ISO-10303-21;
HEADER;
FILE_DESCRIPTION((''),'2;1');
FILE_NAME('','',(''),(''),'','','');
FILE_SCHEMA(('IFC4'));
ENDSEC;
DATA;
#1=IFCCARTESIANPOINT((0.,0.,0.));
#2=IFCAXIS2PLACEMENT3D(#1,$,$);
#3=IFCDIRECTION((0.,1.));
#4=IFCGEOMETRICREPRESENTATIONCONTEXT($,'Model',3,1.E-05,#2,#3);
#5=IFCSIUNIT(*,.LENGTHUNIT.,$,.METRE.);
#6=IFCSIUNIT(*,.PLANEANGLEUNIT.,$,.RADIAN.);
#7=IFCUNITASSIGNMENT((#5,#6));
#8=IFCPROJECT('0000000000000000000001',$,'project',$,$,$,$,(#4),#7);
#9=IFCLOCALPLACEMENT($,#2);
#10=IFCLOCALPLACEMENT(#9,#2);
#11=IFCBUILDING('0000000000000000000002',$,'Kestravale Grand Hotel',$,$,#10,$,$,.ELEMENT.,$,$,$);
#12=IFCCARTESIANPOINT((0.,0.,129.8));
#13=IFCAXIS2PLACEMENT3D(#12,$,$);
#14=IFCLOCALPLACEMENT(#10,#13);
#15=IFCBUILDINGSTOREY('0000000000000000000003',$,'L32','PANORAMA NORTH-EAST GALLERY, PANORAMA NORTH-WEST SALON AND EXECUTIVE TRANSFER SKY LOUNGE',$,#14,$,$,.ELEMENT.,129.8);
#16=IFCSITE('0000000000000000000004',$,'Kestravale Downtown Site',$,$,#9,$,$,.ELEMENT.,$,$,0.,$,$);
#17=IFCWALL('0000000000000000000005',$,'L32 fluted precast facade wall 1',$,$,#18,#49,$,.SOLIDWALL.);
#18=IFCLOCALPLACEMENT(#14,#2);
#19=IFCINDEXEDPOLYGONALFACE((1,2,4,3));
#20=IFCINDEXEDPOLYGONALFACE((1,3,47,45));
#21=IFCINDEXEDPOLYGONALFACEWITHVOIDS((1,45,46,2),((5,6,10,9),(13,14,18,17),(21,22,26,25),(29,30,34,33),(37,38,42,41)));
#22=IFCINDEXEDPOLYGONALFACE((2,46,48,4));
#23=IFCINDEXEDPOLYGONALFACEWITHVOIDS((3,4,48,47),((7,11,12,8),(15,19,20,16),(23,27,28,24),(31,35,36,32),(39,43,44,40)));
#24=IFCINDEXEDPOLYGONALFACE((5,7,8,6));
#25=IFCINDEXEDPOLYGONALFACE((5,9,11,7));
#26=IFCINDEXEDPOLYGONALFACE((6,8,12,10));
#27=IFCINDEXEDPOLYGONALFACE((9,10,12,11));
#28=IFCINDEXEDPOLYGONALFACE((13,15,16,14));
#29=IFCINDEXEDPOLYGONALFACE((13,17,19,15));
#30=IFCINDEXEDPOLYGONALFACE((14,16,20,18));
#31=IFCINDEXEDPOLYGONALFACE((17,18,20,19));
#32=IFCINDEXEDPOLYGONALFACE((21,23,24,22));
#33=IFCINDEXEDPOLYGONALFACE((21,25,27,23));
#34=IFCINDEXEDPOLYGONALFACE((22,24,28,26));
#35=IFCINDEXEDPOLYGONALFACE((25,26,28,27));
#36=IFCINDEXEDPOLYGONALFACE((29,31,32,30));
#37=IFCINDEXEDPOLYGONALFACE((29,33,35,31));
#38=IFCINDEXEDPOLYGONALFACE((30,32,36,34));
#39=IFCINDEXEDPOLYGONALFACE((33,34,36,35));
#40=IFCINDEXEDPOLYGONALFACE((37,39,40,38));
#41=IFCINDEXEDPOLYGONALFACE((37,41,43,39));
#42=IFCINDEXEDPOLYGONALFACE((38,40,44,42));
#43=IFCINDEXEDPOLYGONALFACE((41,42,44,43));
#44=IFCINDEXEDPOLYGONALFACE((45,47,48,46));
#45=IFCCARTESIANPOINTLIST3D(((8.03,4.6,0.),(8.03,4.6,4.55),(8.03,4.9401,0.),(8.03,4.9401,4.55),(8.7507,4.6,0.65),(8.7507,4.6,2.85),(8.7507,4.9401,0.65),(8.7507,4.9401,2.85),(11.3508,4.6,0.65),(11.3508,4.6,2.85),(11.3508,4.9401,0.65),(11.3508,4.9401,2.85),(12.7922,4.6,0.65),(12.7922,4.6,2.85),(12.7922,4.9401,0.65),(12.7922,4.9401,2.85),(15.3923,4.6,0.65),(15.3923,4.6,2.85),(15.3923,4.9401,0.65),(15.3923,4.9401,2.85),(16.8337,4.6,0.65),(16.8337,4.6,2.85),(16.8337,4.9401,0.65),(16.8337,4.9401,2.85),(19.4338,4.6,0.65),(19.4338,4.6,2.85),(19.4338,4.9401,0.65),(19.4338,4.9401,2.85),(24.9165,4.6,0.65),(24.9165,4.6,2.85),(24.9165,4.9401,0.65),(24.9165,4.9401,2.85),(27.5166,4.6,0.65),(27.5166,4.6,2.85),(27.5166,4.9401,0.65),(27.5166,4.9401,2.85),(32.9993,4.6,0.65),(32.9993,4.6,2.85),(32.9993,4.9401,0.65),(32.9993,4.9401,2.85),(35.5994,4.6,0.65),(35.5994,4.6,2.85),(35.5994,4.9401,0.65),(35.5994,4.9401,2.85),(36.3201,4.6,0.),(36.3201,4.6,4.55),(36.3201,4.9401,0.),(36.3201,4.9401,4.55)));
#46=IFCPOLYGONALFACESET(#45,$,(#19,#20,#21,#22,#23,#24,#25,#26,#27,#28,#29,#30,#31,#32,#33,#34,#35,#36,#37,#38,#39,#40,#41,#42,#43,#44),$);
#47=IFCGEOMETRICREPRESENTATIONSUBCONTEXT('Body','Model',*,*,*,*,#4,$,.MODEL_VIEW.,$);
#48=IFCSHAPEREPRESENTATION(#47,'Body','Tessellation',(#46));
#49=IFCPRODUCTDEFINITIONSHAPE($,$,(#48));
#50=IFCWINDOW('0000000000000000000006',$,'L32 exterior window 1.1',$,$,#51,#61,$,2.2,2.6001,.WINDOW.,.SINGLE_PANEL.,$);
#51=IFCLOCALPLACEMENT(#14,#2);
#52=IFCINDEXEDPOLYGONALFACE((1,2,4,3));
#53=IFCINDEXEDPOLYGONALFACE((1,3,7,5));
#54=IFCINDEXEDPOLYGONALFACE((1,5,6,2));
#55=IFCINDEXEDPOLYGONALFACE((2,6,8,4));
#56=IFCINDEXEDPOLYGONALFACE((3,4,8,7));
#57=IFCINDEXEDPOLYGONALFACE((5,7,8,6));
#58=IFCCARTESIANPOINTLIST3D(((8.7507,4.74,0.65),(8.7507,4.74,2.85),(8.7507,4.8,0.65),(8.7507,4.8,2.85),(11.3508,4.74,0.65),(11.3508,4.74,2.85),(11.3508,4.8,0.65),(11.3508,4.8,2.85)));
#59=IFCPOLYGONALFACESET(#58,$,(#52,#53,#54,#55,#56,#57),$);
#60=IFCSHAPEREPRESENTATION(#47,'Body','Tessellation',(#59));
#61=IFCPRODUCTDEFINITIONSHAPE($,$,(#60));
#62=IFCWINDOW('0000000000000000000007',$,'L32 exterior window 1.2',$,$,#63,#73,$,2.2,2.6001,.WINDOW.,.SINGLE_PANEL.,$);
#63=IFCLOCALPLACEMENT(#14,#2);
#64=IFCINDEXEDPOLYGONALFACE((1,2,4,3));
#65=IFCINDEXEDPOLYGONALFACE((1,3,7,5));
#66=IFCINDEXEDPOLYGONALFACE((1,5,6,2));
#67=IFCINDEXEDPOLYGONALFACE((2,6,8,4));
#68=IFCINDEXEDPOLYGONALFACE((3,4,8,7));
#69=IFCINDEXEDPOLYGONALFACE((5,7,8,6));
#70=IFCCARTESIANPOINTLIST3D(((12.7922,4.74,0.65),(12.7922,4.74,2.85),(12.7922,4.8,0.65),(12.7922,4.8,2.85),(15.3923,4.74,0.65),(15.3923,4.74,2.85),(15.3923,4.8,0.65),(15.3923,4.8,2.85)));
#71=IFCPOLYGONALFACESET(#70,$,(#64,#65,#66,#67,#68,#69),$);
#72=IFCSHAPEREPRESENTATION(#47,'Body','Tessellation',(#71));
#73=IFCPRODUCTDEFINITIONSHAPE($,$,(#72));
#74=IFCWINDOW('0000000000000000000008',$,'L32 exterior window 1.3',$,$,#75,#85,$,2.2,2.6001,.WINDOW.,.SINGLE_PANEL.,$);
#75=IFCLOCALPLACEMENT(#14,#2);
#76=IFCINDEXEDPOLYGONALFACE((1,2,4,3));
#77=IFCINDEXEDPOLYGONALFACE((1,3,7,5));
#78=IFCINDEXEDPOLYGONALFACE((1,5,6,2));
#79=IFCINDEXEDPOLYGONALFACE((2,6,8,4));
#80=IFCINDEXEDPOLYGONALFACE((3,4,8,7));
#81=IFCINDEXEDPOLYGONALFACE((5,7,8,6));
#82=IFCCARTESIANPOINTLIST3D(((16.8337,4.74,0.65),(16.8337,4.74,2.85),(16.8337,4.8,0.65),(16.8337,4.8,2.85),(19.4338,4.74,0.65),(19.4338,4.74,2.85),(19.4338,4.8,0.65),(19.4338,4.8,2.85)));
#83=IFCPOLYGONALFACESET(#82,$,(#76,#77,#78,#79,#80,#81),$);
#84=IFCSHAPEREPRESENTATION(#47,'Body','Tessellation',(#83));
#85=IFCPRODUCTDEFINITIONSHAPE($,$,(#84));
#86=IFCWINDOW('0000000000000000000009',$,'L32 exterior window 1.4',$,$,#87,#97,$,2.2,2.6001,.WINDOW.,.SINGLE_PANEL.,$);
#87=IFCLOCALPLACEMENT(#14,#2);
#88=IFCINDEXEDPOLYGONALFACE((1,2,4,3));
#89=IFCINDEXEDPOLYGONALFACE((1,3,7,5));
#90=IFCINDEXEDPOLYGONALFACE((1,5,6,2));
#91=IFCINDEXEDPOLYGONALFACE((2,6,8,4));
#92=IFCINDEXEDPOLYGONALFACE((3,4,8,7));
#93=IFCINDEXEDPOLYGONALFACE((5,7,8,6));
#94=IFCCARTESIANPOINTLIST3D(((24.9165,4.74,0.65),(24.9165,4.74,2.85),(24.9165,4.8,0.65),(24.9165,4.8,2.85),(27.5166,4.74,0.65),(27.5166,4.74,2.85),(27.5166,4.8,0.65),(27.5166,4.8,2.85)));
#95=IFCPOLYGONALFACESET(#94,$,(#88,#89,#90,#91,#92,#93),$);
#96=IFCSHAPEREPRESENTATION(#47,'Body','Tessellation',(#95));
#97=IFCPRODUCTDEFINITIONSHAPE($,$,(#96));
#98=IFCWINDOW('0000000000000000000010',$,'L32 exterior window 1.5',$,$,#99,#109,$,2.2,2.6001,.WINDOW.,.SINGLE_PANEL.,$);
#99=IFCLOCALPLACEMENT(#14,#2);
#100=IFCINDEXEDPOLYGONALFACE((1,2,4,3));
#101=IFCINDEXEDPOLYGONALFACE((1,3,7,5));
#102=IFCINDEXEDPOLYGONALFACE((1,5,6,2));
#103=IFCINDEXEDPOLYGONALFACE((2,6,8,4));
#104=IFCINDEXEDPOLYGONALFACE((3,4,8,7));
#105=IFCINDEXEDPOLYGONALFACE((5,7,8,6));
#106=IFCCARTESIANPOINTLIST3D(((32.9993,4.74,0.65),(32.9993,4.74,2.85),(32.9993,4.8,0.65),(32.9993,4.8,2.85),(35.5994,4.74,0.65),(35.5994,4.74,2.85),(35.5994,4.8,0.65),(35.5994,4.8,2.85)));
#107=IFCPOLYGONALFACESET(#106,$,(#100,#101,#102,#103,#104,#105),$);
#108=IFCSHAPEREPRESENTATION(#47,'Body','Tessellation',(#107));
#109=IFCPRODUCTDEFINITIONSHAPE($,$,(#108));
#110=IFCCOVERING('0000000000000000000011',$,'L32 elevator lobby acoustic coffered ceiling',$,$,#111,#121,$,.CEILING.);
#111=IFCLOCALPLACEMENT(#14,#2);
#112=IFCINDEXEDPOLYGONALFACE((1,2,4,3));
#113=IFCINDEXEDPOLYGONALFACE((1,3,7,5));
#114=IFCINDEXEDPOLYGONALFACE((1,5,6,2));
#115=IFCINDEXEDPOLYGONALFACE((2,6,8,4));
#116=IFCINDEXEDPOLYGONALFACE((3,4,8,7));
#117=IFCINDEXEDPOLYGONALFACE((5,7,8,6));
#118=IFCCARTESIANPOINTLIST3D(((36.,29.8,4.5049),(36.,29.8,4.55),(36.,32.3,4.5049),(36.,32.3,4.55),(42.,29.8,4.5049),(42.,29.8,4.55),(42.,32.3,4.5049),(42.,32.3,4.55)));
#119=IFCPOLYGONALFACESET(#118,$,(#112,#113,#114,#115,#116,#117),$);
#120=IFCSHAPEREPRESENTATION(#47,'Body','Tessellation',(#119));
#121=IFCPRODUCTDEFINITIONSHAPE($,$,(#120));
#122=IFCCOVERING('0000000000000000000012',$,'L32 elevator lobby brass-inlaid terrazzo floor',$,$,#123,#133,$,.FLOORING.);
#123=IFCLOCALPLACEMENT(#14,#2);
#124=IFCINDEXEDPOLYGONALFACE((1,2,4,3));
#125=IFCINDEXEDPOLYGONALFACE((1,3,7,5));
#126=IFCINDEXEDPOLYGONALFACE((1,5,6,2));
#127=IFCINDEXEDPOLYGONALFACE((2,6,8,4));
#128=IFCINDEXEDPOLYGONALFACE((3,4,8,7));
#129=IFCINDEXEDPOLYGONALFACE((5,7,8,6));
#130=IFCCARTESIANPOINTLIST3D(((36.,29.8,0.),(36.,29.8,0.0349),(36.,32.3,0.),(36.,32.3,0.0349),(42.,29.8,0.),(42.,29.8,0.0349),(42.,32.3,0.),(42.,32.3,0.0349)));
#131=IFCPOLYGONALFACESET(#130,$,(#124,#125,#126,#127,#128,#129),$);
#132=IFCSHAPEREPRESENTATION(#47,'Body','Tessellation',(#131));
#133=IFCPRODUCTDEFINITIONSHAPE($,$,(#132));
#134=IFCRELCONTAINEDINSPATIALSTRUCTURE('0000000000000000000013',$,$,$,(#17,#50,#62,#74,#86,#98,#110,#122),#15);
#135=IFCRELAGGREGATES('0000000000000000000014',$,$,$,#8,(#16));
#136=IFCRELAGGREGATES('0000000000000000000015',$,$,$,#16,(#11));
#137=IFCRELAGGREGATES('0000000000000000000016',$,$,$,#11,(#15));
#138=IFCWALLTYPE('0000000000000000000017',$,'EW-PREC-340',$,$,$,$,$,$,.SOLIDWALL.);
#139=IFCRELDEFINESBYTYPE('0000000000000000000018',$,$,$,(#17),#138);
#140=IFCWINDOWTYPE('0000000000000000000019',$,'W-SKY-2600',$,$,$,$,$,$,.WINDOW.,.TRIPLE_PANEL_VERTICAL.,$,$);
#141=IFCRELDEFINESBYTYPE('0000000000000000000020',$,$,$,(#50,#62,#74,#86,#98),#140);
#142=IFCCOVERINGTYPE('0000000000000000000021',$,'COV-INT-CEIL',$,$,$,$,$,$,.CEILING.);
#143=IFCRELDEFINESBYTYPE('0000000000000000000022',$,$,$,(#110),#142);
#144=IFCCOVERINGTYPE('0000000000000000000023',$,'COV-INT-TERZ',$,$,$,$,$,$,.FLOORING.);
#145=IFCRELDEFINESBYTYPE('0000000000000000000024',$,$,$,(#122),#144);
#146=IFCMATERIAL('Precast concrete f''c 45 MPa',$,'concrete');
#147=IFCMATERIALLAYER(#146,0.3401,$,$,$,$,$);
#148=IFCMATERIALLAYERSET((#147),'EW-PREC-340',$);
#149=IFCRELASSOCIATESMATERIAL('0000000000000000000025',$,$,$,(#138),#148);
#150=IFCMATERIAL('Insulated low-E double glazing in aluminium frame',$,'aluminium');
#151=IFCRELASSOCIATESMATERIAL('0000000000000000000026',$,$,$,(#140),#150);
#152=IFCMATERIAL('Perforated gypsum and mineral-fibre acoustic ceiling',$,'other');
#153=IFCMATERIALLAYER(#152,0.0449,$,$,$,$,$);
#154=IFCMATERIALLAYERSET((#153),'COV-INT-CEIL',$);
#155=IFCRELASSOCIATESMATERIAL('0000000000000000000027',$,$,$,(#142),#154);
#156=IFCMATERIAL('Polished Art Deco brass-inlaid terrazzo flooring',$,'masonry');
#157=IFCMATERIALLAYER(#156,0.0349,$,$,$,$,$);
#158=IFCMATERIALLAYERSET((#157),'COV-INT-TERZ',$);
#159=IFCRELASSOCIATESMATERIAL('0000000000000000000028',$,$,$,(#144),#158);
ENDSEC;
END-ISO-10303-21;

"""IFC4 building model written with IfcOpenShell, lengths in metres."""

from ifc_helpers import new_model, si_unit, direction, frame, frame_2d, origin, place, context, subcontext, project, spatial, polyline, rectangle, outline, extrude, material, layer, layer_set, type_object, element, fill, save


model = new_model("IFC4")

# Units and contexts
model_context = context("Model", 3, precision=1e-05, world=origin(), true_north=direction((0.0, 1.0)))
body_context = subcontext(model_context, "Body", "Model", "MODEL_VIEW")
ifc_project = project(units=[si_unit("LENGTHUNIT", "METRE"), si_unit("PLANEANGLEUNIT", "RADIAN")], contexts=[model_context])

# Site, building, storey
site_placement = place(None, origin())
site = spatial("IfcSite", under=ifc_project, at=site_placement, Name="Kestravale Downtown Site", CompositionType="ELEMENT", RefElevation=0.0)
building_placement = place(site_placement, origin())
building = spatial("IfcBuilding", under=site, at=building_placement, Name="Kestravale Grand Hotel", CompositionType="ELEMENT")
storey_placement = place(building_placement, frame((0.0, 0.0, 129.8)))
storey = spatial("IfcBuildingStorey", under=building, at=storey_placement, Name="L32", Description="PANORAMA NORTH-EAST GALLERY, PANORAMA NORTH-WEST SALON AND EXECUTIVE TRANSFER SKY LOUNGE", CompositionType="ELEMENT", Elevation=129.8)

# Wall, openings, windows
ifc_material_1 = material(Name="Precast concrete f'c 45 MPa", Category="concrete")
ifc_layer_1 = layer(ifc_material_1, 0.3401)
ifc_layer_set_1 = layer_set([ifc_layer_1], Name="EW-PREC-340")
wall_type = type_object("IfcWallType", Name="EW-PREC-340", PredefinedType="SOLIDWALL", material=ifc_layer_set_1)
wall_placement = place(storey_placement, frame((8.03, 4.77, 0.0), z_axis=(0.0, 0.0, 1.0), x_axis=(1.0, 0.0, 0.0)))
wall = element("IfcWall", 1, at=wall_placement, inside=storey, type_object=wall_type, Name="L32 fluted precast facade wall 1", PredefinedType="SOLIDWALL", context=body_context, shape_type="SweptSolid", body=[
    extrude(rectangle(XDim=28.29, YDim=0.3401, at=frame_2d((14.145, 0.0))), origin(), (0.0, 0.0, 1.0), 4.55),
])
opening_1_placement = place(wall_placement, frame((0.7207, 0.0, 0.6499)))
opening_1 = element("IfcOpeningElement", 2, at=opening_1_placement, cuts=wall, PredefinedType="OPENING", context=body_context, shape_type="SweptSolid", body=[
    extrude(rectangle(XDim=2.6001, YDim=2.2, at=frame_2d((1.3, 1.1001))), frame((0.0, 0.1799, 0.0), z_axis=(0.0, -1.0, 0.0), x_axis=(1.0, 0.0, 0.0)), (0.0, 0.0, 1.0), 0.3601),
])
opening_2_placement = place(wall_placement, frame((4.7622, 0.0, 0.6499)))
opening_2 = element("IfcOpeningElement", 3, at=opening_2_placement, cuts=wall, PredefinedType="OPENING", context=body_context, shape_type="SweptSolid", body=[
    extrude(rectangle(XDim=2.6001, YDim=2.2, at=frame_2d((1.3, 1.1001))), frame((0.0, 0.1799, 0.0), z_axis=(0.0, -1.0, 0.0), x_axis=(1.0, 0.0, 0.0)), (0.0, 0.0, 1.0), 0.3601),
])
opening_3_placement = place(wall_placement, frame((8.8037, 0.0, 0.6499)))
opening_3 = element("IfcOpeningElement", 4, at=opening_3_placement, cuts=wall, PredefinedType="OPENING", context=body_context, shape_type="SweptSolid", body=[
    extrude(rectangle(XDim=2.6001, YDim=2.2, at=frame_2d((1.3, 1.1001))), frame((0.0, 0.1799, 0.0), z_axis=(0.0, -1.0, 0.0), x_axis=(1.0, 0.0, 0.0)), (0.0, 0.0, 1.0), 0.3601),
])
opening_4_placement = place(wall_placement, frame((16.8865, 0.0, 0.6499)))
opening_4 = element("IfcOpeningElement", 5, at=opening_4_placement, cuts=wall, PredefinedType="OPENING", context=body_context, shape_type="SweptSolid", body=[
    extrude(rectangle(XDim=2.6001, YDim=2.2, at=frame_2d((1.3, 1.1001))), frame((0.0, 0.1799, 0.0), z_axis=(0.0, -1.0, 0.0), x_axis=(1.0, 0.0, 0.0)), (0.0, 0.0, 1.0), 0.3601),
])
opening_5_placement = place(wall_placement, frame((24.9692, 0.0, 0.6499)))
opening_5 = element("IfcOpeningElement", 6, at=opening_5_placement, cuts=wall, PredefinedType="OPENING", context=body_context, shape_type="SweptSolid", body=[
    extrude(rectangle(XDim=2.6001, YDim=2.2, at=frame_2d((1.3, 1.1001))), frame((0.0, 0.1799, 0.0), z_axis=(0.0, -1.0, 0.0), x_axis=(1.0, 0.0, 0.0)), (0.0, 0.0, 1.0), 0.3601),
])
ifc_material_2 = material(Name="Insulated low-E double glazing in aluminium frame", Category="aluminium")
window_type = type_object("IfcWindowType", Name="W-SKY-2600", PartitioningType="TRIPLE_PANEL_VERTICAL", PredefinedType="WINDOW", material=ifc_material_2)
window_1_placement = place(opening_1_placement, origin())
window_1 = element("IfcWindow", 7, at=window_1_placement, inside=storey, type_object=window_type, Name="L32 exterior window 1.1", OverallHeight=2.2, OverallWidth=2.6001, PartitioningType="SINGLE_PANEL", PredefinedType="WINDOW", context=body_context, shape_type="SweptSolid", body=[
    extrude(rectangle(XDim=2.6001, YDim=2.2, at=frame_2d((1.3, 1.1001))), frame((0.0, 0.03, 0.0), z_axis=(0.0, -1.0, 0.0), x_axis=(1.0, 0.0, 0.0)), (0.0, 0.0, 1.0), 0.0601),
])
fill(opening_1, window_1)
window_2_placement = place(opening_2_placement, origin())
window_2 = element("IfcWindow", 8, at=window_2_placement, inside=storey, type_object=window_type, Name="L32 exterior window 1.2", OverallHeight=2.2, OverallWidth=2.6001, PartitioningType="SINGLE_PANEL", PredefinedType="WINDOW", context=body_context, shape_type="SweptSolid", body=[
    extrude(rectangle(XDim=2.6001, YDim=2.2, at=frame_2d((1.3, 1.1001))), frame((0.0, 0.03, 0.0), z_axis=(0.0, -1.0, 0.0), x_axis=(1.0, 0.0, 0.0)), (0.0, 0.0, 1.0), 0.0601),
])
fill(opening_2, window_2)
window_3_placement = place(opening_3_placement, origin())
window_3 = element("IfcWindow", 9, at=window_3_placement, inside=storey, type_object=window_type, Name="L32 exterior window 1.3", OverallHeight=2.2, OverallWidth=2.6001, PartitioningType="SINGLE_PANEL", PredefinedType="WINDOW", context=body_context, shape_type="SweptSolid", body=[
    extrude(rectangle(XDim=2.6001, YDim=2.2, at=frame_2d((1.3, 1.1001))), frame((0.0, 0.03, 0.0), z_axis=(0.0, -1.0, 0.0), x_axis=(1.0, 0.0, 0.0)), (0.0, 0.0, 1.0), 0.0601),
])
fill(opening_3, window_3)
window_4_placement = place(opening_4_placement, origin())
window_4 = element("IfcWindow", 10, at=window_4_placement, inside=storey, type_object=window_type, Name="L32 exterior window 1.4", OverallHeight=2.2, OverallWidth=2.6001, PartitioningType="SINGLE_PANEL", PredefinedType="WINDOW", context=body_context, shape_type="SweptSolid", body=[
    extrude(rectangle(XDim=2.6001, YDim=2.2, at=frame_2d((1.3, 1.1001))), frame((0.0, 0.03, 0.0), z_axis=(0.0, -1.0, 0.0), x_axis=(1.0, 0.0, 0.0)), (0.0, 0.0, 1.0), 0.0601),
])
fill(opening_4, window_4)
window_5_placement = place(opening_5_placement, origin())
window_5 = element("IfcWindow", 11, at=window_5_placement, inside=storey, type_object=window_type, Name="L32 exterior window 1.5", OverallHeight=2.2, OverallWidth=2.6001, PartitioningType="SINGLE_PANEL", PredefinedType="WINDOW", context=body_context, shape_type="SweptSolid", body=[
    extrude(rectangle(XDim=2.6001, YDim=2.2, at=frame_2d((1.3, 1.1001))), frame((0.0, 0.03, 0.0), z_axis=(0.0, -1.0, 0.0), x_axis=(1.0, 0.0, 0.0)), (0.0, 0.0, 1.0), 0.0601),
])
fill(opening_5, window_5)

# Coverings
ifc_material_3 = material(Name="Perforated gypsum and mineral-fibre acoustic ceiling", Category="other")
ifc_layer_2 = layer(ifc_material_3, 0.0449)
ifc_layer_set_2 = layer_set([ifc_layer_2], Name="COV-INT-CEIL")
covering_type_1 = type_object("IfcCoveringType", Name="COV-INT-CEIL", PredefinedType="CEILING", material=ifc_layer_set_2)
covering_1_placement = place(storey_placement, frame((0.0, 0.0, 4.5049)))
element("IfcCovering", 12, at=covering_1_placement, inside=storey, type_object=covering_type_1, Name="L32 elevator lobby acoustic coffered ceiling", PredefinedType="CEILING", context=body_context, shape_type="SweptSolid", body=[
    extrude(outline(polyline([(36.0, 29.8), (42.0, 29.8), (42.0, 32.3), (36.0, 32.3), (36.0, 29.8)])), origin(), (0.0, 0.0, 1.0), 0.0452),
])
ifc_material_4 = material(Name="Polished Art Deco brass-inlaid terrazzo flooring", Category="masonry")
ifc_layer_3 = layer(ifc_material_4, 0.0349)
ifc_layer_set_3 = layer_set([ifc_layer_3], Name="COV-INT-TERZ")
covering_type_2 = type_object("IfcCoveringType", Name="COV-INT-TERZ", PredefinedType="FLOORING", material=ifc_layer_set_3)
covering_2_placement = place(storey_placement, origin())
element("IfcCovering", 13, at=covering_2_placement, inside=storey, type_object=covering_type_2, Name="L32 elevator lobby brass-inlaid terrazzo floor", PredefinedType="FLOORING", context=body_context, shape_type="SweptSolid", body=[
    extrude(outline(polyline([(36.0, 29.8), (42.0, 29.8), (42.0, 32.3), (36.0, 32.3), (36.0, 29.8)])), origin(), (0.0, 0.0, 1.0), 0.0349),
])

save(model, "model.ifc")
